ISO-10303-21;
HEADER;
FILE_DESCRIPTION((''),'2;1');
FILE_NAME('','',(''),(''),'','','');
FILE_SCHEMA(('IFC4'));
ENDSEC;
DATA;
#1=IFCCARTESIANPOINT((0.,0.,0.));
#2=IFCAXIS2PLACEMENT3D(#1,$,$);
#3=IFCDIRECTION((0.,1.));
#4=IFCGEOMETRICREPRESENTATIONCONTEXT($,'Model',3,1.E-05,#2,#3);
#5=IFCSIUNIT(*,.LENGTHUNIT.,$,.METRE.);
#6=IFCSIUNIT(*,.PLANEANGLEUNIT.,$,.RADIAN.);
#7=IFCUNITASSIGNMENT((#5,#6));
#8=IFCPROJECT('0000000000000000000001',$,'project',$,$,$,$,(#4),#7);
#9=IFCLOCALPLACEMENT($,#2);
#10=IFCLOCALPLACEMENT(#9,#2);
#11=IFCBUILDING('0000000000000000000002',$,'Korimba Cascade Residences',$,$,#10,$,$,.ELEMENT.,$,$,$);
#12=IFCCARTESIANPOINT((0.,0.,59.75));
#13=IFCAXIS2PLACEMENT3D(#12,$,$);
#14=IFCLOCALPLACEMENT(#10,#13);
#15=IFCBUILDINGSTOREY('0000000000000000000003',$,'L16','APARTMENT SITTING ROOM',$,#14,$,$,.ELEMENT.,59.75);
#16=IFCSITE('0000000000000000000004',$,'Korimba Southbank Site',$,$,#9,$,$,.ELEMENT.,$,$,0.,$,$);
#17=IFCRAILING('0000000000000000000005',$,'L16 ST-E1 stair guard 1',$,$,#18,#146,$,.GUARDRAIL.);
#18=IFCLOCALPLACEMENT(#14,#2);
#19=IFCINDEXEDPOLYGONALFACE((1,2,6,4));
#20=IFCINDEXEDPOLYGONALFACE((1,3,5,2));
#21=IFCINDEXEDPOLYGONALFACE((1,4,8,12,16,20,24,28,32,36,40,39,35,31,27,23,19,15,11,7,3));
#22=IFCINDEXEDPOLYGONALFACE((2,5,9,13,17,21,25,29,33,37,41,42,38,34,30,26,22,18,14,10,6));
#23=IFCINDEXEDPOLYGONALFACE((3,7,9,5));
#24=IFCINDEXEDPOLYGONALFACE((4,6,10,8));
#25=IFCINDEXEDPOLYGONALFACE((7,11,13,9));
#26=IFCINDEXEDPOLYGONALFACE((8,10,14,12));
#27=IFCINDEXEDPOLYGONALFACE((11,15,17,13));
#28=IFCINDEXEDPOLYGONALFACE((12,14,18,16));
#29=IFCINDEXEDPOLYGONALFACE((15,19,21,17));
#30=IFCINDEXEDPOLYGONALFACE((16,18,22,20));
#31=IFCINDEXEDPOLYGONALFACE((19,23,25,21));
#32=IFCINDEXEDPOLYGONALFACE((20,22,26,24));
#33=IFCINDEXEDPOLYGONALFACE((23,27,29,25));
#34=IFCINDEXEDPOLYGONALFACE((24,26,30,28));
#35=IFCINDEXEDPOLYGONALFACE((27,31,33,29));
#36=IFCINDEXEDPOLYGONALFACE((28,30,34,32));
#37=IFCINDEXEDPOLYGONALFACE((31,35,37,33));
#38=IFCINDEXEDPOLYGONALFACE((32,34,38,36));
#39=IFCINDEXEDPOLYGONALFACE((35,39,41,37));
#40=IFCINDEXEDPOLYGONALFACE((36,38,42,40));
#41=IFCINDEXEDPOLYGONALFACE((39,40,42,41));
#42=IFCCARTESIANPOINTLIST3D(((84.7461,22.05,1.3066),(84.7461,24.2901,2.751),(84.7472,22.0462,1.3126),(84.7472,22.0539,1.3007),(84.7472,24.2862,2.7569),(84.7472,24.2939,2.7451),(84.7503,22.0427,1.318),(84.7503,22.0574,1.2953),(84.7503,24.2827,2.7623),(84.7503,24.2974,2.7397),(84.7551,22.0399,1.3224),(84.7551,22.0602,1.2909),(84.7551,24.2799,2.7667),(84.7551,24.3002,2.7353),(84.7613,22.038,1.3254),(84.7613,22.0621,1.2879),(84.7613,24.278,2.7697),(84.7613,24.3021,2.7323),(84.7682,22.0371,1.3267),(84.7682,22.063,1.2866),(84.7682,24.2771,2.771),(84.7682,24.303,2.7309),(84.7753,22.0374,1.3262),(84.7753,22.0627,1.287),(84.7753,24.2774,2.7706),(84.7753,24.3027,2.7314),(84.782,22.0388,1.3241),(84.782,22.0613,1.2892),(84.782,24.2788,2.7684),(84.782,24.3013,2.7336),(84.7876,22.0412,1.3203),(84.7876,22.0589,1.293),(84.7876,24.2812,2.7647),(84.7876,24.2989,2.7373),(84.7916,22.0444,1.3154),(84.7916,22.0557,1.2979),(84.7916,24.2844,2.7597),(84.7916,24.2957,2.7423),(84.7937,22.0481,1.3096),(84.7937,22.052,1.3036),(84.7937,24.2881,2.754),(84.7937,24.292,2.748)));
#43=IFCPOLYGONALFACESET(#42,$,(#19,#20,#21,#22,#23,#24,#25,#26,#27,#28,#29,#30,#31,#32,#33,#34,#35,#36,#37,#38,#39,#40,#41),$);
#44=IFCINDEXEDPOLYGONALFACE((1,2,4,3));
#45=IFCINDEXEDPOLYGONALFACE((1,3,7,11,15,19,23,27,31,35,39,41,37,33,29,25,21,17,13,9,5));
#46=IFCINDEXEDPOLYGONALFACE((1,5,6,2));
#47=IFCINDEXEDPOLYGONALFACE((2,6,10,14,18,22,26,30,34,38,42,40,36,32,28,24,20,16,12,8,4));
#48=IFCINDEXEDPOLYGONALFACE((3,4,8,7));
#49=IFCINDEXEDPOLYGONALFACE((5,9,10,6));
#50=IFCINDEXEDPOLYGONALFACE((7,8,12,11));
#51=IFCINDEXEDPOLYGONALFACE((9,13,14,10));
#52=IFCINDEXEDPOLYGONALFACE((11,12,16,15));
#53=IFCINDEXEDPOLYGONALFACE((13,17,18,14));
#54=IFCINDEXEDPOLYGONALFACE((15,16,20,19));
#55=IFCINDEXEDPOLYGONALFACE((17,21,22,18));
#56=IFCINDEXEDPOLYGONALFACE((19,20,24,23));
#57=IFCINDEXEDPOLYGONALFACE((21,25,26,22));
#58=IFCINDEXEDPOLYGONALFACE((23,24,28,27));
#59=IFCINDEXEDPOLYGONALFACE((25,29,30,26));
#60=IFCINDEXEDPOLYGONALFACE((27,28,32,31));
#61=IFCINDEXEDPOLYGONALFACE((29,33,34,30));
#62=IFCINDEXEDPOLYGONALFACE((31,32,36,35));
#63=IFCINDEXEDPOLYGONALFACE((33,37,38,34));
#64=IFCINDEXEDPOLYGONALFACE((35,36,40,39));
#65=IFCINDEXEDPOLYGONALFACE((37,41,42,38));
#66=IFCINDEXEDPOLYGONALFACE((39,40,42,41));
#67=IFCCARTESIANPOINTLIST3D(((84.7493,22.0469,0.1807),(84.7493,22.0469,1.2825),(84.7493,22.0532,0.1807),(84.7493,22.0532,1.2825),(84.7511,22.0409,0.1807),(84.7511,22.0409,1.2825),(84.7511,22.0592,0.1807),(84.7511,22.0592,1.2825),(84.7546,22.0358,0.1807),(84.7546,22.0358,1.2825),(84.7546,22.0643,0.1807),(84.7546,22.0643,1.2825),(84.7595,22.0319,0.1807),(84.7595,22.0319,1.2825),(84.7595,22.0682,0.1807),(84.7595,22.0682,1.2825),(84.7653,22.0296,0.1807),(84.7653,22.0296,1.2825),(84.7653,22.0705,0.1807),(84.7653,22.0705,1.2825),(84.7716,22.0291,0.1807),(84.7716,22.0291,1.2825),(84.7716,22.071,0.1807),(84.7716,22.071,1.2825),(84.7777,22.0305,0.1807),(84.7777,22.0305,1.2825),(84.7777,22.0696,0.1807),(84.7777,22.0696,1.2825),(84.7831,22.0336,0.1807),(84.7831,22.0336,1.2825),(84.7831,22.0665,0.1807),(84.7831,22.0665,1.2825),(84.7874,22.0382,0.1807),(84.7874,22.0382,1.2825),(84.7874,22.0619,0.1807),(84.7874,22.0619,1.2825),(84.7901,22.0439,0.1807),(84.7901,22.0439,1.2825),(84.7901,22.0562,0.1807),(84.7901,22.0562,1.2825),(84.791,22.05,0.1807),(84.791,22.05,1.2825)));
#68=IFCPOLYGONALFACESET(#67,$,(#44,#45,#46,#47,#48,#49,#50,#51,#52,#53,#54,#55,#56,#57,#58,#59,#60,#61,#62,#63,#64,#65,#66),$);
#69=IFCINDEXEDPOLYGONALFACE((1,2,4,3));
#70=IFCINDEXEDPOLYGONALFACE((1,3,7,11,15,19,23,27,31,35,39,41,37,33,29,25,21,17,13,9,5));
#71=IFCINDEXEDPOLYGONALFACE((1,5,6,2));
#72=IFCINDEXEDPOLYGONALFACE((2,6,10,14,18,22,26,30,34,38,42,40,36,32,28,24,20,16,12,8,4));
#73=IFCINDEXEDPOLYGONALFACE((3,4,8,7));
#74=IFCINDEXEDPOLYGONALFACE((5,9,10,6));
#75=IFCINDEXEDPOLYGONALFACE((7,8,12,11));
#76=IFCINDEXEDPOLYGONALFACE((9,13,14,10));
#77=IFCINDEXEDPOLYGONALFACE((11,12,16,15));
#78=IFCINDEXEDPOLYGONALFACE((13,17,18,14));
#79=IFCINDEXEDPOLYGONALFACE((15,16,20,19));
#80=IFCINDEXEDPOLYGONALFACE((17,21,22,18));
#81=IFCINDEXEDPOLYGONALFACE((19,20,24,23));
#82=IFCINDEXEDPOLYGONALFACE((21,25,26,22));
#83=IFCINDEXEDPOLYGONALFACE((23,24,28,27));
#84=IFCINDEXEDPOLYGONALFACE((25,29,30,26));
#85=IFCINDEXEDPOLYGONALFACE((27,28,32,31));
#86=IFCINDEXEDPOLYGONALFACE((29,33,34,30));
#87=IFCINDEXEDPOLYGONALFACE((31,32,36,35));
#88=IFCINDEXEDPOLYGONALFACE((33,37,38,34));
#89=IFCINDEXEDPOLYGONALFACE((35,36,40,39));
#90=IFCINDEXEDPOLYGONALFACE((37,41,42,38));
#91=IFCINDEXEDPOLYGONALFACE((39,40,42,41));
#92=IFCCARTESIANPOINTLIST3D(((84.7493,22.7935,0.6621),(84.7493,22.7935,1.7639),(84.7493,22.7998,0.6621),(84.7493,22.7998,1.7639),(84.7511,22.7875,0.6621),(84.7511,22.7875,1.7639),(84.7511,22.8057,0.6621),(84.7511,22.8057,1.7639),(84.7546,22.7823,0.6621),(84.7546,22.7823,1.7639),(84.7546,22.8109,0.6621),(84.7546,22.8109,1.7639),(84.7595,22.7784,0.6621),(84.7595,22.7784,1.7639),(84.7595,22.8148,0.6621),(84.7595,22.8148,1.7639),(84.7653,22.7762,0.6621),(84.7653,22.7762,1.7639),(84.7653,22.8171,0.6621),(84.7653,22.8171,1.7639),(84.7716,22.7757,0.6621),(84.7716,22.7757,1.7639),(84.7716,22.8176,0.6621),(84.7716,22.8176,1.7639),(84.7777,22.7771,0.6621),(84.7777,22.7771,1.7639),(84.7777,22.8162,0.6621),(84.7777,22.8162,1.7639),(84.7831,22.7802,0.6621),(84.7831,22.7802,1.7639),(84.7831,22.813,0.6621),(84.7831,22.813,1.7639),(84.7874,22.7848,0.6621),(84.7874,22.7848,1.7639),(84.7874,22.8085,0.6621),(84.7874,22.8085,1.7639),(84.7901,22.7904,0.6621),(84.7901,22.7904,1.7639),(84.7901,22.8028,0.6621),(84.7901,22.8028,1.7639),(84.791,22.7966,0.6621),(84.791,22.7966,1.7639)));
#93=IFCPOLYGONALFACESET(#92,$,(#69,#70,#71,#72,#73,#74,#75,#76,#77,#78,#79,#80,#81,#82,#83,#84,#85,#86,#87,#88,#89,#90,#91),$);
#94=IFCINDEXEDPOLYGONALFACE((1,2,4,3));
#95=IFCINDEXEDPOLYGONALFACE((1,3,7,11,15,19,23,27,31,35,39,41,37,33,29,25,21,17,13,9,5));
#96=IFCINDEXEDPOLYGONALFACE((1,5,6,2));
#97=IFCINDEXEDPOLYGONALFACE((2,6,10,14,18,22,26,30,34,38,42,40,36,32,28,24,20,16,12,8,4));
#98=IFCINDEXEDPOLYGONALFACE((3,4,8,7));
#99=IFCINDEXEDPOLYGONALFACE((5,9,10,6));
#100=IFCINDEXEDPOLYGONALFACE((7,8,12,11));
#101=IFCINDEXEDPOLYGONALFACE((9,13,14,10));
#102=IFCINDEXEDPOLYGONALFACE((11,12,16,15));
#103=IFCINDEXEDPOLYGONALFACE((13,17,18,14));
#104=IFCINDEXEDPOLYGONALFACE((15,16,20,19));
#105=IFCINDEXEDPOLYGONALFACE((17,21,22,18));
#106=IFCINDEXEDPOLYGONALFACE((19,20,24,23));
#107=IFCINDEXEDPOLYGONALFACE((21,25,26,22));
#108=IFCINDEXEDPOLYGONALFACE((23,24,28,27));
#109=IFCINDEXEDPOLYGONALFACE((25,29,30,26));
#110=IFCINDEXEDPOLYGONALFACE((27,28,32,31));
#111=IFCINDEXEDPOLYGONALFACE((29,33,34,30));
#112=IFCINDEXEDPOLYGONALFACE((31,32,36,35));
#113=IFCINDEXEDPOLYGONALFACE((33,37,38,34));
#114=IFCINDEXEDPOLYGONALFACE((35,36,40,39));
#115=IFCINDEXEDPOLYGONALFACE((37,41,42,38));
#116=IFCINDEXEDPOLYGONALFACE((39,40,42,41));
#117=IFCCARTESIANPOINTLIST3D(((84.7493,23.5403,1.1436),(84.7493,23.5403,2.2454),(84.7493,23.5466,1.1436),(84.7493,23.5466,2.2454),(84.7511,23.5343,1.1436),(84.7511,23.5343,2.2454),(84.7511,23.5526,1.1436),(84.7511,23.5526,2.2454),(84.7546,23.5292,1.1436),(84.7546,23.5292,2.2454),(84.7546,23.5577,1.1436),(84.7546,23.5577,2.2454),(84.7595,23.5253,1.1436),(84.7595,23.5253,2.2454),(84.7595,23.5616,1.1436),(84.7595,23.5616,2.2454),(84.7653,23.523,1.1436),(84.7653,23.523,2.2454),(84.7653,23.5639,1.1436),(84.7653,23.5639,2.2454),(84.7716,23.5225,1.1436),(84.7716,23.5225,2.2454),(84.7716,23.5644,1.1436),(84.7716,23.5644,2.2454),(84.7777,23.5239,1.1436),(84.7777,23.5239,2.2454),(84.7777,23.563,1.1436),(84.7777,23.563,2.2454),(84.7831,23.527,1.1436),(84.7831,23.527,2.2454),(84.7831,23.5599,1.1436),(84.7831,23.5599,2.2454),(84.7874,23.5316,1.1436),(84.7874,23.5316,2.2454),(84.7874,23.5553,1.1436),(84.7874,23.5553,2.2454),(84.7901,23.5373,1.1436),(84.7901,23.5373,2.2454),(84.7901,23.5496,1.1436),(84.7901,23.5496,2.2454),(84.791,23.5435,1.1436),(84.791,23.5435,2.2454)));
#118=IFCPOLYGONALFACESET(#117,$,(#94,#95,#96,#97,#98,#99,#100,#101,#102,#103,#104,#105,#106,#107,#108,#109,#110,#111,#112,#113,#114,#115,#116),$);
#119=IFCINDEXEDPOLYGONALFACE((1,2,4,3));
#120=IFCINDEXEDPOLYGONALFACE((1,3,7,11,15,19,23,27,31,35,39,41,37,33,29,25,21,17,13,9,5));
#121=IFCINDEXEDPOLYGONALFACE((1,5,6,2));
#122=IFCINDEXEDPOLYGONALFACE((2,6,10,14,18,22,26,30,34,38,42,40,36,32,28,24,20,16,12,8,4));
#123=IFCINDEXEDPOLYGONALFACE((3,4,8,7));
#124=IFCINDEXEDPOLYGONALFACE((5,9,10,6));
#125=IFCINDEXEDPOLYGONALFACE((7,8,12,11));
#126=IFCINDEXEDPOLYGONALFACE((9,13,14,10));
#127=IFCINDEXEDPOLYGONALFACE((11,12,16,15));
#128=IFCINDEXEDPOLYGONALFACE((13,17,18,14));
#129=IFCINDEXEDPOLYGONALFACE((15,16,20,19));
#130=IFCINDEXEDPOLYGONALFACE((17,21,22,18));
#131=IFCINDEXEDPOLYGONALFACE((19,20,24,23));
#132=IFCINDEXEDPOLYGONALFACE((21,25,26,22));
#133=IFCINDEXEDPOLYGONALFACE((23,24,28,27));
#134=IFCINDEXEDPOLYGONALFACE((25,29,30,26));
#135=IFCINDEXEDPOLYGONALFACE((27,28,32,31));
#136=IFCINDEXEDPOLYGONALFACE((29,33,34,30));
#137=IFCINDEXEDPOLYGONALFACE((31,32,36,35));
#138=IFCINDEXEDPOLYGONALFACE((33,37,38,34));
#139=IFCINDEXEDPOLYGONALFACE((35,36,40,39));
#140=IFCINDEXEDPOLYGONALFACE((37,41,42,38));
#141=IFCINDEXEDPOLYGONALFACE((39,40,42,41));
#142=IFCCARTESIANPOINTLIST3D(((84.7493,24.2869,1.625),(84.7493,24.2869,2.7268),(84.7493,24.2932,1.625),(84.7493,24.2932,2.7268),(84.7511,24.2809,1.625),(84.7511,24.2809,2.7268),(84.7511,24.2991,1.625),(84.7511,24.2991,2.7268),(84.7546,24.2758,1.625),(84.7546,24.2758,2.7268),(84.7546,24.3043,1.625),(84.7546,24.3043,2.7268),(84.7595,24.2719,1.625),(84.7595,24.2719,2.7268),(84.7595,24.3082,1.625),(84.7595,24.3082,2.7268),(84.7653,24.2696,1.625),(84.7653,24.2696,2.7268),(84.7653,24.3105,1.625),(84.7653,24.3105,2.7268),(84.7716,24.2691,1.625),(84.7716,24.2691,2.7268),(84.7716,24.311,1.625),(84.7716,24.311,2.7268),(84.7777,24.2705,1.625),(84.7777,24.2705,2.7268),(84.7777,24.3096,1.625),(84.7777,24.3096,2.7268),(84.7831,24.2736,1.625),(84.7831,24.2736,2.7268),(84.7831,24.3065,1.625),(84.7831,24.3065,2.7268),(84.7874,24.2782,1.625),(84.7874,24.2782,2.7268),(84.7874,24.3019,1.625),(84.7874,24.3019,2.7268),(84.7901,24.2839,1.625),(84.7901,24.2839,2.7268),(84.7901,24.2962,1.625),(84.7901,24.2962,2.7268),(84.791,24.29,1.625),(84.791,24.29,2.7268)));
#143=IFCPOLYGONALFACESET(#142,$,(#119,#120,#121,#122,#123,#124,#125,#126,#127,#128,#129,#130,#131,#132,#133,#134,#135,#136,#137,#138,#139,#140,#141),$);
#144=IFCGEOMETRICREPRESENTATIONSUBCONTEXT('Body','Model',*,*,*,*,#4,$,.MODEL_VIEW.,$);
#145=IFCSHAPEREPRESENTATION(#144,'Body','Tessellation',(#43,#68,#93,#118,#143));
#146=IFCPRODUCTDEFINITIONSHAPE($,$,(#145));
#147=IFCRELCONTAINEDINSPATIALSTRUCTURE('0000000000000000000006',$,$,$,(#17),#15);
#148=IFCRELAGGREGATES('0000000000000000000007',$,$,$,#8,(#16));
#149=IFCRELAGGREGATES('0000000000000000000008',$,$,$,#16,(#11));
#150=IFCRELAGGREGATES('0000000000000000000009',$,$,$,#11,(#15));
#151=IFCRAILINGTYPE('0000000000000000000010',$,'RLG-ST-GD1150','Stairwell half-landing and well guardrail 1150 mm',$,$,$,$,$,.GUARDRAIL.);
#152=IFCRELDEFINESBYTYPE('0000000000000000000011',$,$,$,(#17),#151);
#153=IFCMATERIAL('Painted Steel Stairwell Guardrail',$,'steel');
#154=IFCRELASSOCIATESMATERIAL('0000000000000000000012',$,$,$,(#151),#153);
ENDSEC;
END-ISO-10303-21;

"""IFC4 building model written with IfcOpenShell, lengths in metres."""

from ifc_helpers import new_model, si_unit, direction, frame, origin, origin_2d, place, context, subcontext, project, spatial, circle, extrude, material, type_object, element, save


model = new_model("IFC4")

# Units and contexts
model_context = context("Model", 3, precision=1e-05, world=origin(), true_north=direction((0.0, 1.0)))
body_context = subcontext(model_context, "Body", "Model", "MODEL_VIEW")
ifc_project = project(units=[si_unit("LENGTHUNIT", "METRE"), si_unit("PLANEANGLEUNIT", "RADIAN")], contexts=[model_context])

# Site, building, storey
site_placement = place(None, origin())
site = spatial("IfcSite", under=ifc_project, at=site_placement, Name="Korimba Southbank Site", CompositionType="ELEMENT", RefElevation=0.0)
building_placement = place(site_placement, origin())
building = spatial("IfcBuilding", under=site, at=building_placement, Name="Korimba Cascade Residences", CompositionType="ELEMENT")
storey_placement = place(building_placement, frame((0.0, 0.0, 59.75)))
storey = spatial("IfcBuildingStorey", under=building, at=storey_placement, Name="L16", Description="APARTMENT SITTING ROOM", CompositionType="ELEMENT", Elevation=59.75)

# Railing
ifc_material_1 = material(Name="Painted Steel Stairwell Guardrail", Category="steel")
railing_type_1 = type_object("IfcRailingType", Name="RLG-ST-GD1150", Description="Stairwell half-landing and well guardrail 1150 mm", PredefinedType="GUARDRAIL", material=ifc_material_1)
railing_1_placement = place(storey_placement, frame((84.77, 22.05, 0.1807)))
element("IfcRailing", 1, at=railing_1_placement, inside=storey, type_object=railing_type_1, Name="L16 ST-E1 stair guard 1", PredefinedType="GUARDRAIL", context=body_context, shape_type="SweptSolid", body=[
    extrude(circle(Radius=0.0239, at=origin_2d()), frame((0.0, 0.0, 1.126), z_axis=(0.0, 0.840437, 0.54191), x_axis=(-1.0, 0.0, 0.0)), (0.0, 0.0, 1.0), 2.6653),
    extrude(circle(Radius=0.021, at=origin_2d()), origin(), (0.0, 0.0, 1.0), 1.1018),
    extrude(circle(Radius=0.021, at=origin_2d()), frame((0.0, 0.7466, 0.4814)), (0.0, 0.0, 1.0), 1.1018),
    extrude(circle(Radius=0.021, at=origin_2d()), frame((0.0, 1.4934, 0.9629)), (0.0, 0.0, 1.0), 1.1018),
    extrude(circle(Radius=0.021, at=origin_2d()), frame((0.0, 2.24, 1.4443)), (0.0, 0.0, 1.0), 1.1018),
])

save(model, "model.ifc")
